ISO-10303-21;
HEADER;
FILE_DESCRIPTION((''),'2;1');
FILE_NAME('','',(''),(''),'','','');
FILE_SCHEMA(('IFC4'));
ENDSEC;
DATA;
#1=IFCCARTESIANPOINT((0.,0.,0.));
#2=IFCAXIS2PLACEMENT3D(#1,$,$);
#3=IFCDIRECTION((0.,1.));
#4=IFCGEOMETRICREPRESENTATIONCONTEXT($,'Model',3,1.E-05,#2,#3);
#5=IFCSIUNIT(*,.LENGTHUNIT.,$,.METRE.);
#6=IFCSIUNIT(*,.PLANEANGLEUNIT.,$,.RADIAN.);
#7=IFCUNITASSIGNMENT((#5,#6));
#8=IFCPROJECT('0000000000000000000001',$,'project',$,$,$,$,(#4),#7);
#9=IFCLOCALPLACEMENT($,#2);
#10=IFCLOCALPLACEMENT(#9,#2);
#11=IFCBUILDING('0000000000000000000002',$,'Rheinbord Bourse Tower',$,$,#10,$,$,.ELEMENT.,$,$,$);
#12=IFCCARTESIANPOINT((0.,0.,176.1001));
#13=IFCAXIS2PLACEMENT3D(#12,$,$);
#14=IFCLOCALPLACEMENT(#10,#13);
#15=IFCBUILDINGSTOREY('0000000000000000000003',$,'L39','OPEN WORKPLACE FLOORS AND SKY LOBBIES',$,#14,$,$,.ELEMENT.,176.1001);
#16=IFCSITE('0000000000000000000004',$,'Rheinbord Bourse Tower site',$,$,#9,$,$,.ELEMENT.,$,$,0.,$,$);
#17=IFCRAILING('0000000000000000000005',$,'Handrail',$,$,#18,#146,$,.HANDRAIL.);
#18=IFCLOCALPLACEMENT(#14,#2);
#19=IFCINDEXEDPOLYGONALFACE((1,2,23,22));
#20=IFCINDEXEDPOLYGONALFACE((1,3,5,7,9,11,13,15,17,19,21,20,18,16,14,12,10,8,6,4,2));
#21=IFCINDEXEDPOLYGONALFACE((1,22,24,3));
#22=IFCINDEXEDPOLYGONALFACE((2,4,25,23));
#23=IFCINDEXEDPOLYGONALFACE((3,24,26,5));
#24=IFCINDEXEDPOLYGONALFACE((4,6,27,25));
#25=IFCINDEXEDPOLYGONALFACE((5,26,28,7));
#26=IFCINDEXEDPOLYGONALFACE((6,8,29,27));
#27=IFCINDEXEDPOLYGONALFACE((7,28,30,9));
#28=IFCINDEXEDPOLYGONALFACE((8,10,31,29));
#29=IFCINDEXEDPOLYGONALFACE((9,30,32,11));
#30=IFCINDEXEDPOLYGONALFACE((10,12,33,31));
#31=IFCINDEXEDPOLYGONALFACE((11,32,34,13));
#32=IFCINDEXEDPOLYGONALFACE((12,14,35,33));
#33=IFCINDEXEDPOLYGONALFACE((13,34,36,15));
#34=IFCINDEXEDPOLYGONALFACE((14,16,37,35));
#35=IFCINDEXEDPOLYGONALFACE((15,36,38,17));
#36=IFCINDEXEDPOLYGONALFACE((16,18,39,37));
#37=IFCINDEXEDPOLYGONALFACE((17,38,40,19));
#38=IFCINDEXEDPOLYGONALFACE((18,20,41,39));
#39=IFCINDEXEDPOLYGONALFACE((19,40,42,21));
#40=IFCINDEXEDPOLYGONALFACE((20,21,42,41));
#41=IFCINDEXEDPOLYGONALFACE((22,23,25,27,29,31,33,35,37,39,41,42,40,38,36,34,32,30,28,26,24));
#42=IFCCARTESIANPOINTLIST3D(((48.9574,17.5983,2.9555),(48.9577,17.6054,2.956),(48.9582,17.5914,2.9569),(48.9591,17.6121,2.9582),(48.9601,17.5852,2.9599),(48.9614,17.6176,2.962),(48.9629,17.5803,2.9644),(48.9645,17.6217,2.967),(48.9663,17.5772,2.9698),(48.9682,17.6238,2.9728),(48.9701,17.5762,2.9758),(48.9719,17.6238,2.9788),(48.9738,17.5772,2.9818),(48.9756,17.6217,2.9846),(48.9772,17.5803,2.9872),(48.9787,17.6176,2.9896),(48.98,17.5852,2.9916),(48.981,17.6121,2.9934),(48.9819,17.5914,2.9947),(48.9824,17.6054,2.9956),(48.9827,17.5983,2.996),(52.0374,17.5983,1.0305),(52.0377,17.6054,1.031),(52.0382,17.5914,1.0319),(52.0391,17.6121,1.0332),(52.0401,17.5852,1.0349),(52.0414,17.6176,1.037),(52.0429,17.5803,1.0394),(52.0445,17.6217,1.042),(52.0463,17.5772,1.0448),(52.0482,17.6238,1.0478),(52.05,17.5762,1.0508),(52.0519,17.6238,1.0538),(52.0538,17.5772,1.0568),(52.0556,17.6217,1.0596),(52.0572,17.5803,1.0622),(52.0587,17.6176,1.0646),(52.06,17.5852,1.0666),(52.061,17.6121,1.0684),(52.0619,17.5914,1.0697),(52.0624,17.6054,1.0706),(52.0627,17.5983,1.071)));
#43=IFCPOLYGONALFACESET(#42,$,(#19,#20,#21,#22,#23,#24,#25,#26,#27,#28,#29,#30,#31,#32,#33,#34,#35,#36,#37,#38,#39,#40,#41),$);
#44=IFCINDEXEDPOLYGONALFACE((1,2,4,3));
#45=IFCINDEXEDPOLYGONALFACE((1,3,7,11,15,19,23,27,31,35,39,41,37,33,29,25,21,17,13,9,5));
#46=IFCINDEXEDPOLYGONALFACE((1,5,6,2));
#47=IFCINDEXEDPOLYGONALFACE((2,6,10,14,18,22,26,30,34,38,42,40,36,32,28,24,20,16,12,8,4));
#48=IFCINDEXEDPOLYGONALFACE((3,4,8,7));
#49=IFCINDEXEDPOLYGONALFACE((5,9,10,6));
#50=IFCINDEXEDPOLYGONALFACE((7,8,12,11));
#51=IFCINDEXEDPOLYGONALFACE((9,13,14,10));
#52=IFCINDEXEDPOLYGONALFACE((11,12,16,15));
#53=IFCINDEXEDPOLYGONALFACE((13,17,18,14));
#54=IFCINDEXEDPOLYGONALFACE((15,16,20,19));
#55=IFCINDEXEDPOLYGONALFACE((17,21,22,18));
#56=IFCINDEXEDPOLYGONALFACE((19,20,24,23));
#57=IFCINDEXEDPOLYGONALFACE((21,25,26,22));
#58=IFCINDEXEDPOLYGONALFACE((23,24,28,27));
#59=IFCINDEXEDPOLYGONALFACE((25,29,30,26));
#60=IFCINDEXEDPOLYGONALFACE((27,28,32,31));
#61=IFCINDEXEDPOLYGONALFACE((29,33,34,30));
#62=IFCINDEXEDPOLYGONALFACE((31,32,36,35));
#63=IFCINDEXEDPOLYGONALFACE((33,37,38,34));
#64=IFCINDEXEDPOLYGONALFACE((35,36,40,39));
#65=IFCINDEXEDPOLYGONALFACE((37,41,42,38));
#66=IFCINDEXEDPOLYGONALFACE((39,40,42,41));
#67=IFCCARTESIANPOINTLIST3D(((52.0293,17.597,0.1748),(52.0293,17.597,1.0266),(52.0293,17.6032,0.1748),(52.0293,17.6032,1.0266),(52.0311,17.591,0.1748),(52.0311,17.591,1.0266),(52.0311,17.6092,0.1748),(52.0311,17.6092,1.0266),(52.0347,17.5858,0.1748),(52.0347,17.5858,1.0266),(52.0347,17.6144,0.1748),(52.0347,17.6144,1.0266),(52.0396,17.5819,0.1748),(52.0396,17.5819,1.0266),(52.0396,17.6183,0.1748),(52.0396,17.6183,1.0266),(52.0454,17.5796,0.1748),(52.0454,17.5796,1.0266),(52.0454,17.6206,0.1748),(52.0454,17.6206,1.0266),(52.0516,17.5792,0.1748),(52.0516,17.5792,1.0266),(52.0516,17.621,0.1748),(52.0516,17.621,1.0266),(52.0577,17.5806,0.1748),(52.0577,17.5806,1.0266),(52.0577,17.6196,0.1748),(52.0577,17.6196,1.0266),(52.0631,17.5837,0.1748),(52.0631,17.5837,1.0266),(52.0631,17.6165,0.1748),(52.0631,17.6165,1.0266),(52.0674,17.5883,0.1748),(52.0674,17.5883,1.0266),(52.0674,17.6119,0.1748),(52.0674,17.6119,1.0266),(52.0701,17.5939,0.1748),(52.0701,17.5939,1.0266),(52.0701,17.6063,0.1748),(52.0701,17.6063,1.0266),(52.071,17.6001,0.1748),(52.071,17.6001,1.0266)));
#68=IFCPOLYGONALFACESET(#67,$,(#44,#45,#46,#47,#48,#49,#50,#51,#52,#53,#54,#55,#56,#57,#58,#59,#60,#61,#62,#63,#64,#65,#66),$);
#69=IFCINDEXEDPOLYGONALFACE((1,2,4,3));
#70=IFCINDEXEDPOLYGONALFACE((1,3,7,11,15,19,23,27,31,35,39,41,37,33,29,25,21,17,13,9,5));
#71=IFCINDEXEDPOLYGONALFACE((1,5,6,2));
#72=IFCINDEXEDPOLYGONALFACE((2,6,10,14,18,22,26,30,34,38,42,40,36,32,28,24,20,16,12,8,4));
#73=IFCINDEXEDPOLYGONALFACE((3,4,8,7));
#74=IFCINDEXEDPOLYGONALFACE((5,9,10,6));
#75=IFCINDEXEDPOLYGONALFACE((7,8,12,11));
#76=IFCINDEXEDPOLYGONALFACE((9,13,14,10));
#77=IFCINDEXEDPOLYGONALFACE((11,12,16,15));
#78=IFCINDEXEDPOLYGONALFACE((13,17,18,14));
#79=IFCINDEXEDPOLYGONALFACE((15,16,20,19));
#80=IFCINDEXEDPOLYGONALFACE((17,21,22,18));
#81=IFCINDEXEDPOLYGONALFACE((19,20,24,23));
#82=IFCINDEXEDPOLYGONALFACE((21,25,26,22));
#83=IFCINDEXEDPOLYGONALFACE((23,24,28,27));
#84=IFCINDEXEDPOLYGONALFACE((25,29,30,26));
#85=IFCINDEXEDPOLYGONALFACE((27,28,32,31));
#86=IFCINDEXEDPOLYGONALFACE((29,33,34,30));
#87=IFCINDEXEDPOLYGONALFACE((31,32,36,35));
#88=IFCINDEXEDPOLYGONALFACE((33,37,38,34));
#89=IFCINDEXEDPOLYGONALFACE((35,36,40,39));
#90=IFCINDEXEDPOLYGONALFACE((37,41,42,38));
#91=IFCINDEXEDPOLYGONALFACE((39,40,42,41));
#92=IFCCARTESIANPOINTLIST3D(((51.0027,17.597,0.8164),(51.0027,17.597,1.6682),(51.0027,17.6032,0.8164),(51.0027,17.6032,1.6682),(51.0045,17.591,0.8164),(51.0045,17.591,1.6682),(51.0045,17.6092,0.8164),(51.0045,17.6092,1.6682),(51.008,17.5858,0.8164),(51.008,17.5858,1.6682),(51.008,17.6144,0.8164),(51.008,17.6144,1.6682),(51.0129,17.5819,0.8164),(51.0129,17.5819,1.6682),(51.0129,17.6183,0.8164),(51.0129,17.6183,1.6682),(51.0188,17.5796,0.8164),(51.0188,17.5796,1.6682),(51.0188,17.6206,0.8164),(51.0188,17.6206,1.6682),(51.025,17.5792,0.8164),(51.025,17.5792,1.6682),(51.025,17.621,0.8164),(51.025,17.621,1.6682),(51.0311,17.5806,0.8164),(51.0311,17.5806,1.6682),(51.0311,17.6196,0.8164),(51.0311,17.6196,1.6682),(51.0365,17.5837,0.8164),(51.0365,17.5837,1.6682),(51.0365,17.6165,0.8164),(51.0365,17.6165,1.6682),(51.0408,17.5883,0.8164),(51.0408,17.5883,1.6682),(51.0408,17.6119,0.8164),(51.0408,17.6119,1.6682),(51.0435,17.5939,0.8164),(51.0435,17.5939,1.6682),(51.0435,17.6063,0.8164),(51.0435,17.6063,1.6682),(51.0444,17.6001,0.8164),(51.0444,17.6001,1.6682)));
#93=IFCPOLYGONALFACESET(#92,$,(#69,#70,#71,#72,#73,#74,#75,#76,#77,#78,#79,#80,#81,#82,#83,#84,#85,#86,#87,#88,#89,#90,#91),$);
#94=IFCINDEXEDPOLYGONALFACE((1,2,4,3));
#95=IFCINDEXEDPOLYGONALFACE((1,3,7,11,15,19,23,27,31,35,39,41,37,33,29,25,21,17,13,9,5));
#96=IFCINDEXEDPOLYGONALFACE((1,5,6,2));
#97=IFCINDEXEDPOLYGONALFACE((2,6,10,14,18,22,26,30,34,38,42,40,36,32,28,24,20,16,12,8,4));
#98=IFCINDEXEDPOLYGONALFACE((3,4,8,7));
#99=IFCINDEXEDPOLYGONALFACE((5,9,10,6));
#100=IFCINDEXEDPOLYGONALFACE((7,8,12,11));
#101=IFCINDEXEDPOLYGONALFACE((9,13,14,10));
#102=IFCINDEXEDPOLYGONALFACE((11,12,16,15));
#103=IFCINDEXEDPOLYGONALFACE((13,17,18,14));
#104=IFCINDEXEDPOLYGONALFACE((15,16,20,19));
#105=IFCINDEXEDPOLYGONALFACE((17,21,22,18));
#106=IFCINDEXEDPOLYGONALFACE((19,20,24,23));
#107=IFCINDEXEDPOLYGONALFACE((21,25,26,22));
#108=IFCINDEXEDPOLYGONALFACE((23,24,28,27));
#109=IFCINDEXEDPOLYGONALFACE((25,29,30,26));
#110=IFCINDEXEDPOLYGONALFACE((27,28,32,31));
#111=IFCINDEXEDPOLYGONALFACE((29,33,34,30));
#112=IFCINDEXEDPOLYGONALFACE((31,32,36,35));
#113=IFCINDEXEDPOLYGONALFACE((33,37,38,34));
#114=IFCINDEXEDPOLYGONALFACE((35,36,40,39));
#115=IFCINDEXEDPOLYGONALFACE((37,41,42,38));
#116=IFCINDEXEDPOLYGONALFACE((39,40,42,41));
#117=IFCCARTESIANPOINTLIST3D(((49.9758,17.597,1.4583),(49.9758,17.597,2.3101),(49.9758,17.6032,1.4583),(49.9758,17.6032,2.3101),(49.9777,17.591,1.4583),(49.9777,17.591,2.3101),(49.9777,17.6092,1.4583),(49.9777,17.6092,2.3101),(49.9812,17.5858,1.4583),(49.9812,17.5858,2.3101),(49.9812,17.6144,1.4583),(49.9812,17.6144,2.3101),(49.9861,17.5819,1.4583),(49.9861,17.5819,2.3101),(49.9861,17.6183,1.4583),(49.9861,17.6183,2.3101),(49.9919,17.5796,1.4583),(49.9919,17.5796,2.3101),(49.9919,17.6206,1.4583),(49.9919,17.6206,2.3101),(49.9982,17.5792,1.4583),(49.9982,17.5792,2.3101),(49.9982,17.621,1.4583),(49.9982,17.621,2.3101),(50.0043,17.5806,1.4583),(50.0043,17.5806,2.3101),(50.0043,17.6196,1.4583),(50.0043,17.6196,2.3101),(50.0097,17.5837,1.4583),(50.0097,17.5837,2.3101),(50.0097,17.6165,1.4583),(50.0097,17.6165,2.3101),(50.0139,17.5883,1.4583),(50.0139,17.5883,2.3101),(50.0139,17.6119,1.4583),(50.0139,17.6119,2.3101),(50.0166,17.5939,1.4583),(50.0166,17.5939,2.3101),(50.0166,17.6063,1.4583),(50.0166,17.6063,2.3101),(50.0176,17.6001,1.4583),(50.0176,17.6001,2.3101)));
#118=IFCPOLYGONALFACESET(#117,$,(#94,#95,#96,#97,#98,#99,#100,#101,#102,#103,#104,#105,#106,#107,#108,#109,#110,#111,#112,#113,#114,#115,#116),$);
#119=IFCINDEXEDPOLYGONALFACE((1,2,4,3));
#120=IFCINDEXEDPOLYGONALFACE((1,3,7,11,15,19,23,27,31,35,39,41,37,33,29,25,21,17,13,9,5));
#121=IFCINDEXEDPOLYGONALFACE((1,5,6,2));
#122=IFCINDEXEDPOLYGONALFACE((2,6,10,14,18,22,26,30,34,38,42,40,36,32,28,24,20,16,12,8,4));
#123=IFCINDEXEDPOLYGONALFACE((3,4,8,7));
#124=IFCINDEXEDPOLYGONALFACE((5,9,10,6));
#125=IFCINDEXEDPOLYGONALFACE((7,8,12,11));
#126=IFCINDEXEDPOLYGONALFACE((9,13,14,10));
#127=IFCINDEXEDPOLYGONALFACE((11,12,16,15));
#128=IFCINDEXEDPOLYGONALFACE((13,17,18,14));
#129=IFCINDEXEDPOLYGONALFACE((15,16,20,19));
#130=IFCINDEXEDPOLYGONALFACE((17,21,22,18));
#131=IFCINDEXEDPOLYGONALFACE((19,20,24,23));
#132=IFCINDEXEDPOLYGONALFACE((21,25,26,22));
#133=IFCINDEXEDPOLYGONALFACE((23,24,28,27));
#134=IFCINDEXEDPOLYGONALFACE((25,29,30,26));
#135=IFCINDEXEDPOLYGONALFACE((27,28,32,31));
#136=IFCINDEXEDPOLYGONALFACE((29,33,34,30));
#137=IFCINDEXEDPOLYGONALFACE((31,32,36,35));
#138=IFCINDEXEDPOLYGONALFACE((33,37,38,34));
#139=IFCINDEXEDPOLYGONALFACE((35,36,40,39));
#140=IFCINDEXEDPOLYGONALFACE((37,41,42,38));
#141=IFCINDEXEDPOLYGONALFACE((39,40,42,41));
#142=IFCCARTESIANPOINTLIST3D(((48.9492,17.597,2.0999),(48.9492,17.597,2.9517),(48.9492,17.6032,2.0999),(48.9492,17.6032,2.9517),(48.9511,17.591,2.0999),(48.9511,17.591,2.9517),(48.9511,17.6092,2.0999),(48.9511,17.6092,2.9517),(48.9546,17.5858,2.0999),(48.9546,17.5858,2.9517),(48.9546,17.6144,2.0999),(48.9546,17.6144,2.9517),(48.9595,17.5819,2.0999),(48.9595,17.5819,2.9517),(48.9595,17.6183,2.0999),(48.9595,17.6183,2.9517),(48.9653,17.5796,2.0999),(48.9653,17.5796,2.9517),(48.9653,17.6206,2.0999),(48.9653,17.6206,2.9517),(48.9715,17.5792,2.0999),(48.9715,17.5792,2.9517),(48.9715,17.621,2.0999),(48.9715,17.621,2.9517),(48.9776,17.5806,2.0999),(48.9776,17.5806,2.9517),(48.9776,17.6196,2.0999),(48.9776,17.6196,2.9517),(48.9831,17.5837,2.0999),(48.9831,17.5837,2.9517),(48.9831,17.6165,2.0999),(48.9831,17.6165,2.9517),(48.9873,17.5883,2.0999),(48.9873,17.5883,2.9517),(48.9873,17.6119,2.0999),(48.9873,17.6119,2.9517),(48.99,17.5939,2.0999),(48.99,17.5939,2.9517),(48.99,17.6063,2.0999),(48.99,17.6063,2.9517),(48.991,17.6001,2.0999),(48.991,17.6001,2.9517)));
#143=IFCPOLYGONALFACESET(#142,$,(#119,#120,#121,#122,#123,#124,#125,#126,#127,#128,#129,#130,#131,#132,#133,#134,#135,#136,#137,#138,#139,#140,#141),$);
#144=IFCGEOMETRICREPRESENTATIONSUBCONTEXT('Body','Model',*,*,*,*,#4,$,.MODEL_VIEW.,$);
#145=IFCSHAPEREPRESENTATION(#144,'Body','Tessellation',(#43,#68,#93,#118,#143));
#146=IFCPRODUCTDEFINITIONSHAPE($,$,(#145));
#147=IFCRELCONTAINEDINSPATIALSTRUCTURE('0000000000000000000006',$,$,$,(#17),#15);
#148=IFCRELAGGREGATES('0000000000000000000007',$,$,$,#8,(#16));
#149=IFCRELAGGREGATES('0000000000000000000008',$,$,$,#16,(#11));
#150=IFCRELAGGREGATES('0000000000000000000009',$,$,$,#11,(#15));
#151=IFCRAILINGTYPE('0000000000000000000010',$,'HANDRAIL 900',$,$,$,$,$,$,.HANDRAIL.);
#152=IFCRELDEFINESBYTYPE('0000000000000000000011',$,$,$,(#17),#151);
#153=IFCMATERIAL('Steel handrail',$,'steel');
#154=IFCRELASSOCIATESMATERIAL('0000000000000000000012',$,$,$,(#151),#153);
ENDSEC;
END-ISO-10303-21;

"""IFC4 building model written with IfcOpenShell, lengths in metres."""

from ifc_helpers import new_model, si_unit, direction, frame, origin, origin_2d, place, context, subcontext, project, spatial, circle, extrude, material, type_object, element, save


model = new_model("IFC4")

# Units and contexts
model_context = context("Model", 3, precision=1e-05, world=origin(), true_north=direction((0.0, 1.0)))
body_context = subcontext(model_context, "Body", "Model", "MODEL_VIEW")
ifc_project = project(units=[si_unit("LENGTHUNIT", "METRE"), si_unit("PLANEANGLEUNIT", "RADIAN")], contexts=[model_context])

# Site, building, storey
site_placement = place(None, origin())
site = spatial("IfcSite", under=ifc_project, at=site_placement, Name="Rheinbord Bourse Tower site", CompositionType="ELEMENT", RefElevation=0.0)
building_placement = place(site_placement, origin())
building = spatial("IfcBuilding", under=site, at=building_placement, Name="Rheinbord Bourse Tower", CompositionType="ELEMENT")
storey_placement = place(building_placement, frame((0.0, 0.0, 176.1001)))
storey = spatial("IfcBuildingStorey", under=building, at=storey_placement, Name="L39", Description="OPEN WORKPLACE FLOORS AND SKY LOBBIES", CompositionType="ELEMENT", Elevation=176.1001)

# Railing
ifc_material_1 = material(Name="Steel handrail", Category="steel")
railing_type = type_object("IfcRailingType", Name="HANDRAIL 900", PredefinedType="HANDRAIL", material=ifc_material_1)
railing_1_placement = place(storey_placement, frame((52.05, 17.6001, 0.1748)))
element("IfcRailing", 1, at=railing_1_placement, inside=storey, type_object=railing_type, Name="Handrail", PredefinedType="HANDRAIL", context=body_context, shape_type="SweptSolid", body=[
    extrude(circle(Radius=0.0239, at=origin_2d()), frame((0.0, 0.0, 0.876), z_axis=(-0.847998, 0.0, 0.529999), x_axis=(0.0, -1.0, 0.0)), (0.0, 0.0, 1.0), 3.6321),
    extrude(circle(Radius=0.021, at=origin_2d()), origin(), (0.0, 0.0, 1.0), 0.8518),
    extrude(circle(Radius=0.021, at=origin_2d()), frame((-1.0266, 0.0, 0.6416)), (0.0, 0.0, 1.0), 0.8518),
    extrude(circle(Radius=0.021, at=origin_2d()), frame((-2.0535, 0.0, 1.2834)), (0.0, 0.0, 1.0), 0.8518),
    extrude(circle(Radius=0.021, at=origin_2d()), frame((-3.0801, 0.0, 1.925)), (0.0, 0.0, 1.0), 0.8518),
])

save(model, "model.ifc")
